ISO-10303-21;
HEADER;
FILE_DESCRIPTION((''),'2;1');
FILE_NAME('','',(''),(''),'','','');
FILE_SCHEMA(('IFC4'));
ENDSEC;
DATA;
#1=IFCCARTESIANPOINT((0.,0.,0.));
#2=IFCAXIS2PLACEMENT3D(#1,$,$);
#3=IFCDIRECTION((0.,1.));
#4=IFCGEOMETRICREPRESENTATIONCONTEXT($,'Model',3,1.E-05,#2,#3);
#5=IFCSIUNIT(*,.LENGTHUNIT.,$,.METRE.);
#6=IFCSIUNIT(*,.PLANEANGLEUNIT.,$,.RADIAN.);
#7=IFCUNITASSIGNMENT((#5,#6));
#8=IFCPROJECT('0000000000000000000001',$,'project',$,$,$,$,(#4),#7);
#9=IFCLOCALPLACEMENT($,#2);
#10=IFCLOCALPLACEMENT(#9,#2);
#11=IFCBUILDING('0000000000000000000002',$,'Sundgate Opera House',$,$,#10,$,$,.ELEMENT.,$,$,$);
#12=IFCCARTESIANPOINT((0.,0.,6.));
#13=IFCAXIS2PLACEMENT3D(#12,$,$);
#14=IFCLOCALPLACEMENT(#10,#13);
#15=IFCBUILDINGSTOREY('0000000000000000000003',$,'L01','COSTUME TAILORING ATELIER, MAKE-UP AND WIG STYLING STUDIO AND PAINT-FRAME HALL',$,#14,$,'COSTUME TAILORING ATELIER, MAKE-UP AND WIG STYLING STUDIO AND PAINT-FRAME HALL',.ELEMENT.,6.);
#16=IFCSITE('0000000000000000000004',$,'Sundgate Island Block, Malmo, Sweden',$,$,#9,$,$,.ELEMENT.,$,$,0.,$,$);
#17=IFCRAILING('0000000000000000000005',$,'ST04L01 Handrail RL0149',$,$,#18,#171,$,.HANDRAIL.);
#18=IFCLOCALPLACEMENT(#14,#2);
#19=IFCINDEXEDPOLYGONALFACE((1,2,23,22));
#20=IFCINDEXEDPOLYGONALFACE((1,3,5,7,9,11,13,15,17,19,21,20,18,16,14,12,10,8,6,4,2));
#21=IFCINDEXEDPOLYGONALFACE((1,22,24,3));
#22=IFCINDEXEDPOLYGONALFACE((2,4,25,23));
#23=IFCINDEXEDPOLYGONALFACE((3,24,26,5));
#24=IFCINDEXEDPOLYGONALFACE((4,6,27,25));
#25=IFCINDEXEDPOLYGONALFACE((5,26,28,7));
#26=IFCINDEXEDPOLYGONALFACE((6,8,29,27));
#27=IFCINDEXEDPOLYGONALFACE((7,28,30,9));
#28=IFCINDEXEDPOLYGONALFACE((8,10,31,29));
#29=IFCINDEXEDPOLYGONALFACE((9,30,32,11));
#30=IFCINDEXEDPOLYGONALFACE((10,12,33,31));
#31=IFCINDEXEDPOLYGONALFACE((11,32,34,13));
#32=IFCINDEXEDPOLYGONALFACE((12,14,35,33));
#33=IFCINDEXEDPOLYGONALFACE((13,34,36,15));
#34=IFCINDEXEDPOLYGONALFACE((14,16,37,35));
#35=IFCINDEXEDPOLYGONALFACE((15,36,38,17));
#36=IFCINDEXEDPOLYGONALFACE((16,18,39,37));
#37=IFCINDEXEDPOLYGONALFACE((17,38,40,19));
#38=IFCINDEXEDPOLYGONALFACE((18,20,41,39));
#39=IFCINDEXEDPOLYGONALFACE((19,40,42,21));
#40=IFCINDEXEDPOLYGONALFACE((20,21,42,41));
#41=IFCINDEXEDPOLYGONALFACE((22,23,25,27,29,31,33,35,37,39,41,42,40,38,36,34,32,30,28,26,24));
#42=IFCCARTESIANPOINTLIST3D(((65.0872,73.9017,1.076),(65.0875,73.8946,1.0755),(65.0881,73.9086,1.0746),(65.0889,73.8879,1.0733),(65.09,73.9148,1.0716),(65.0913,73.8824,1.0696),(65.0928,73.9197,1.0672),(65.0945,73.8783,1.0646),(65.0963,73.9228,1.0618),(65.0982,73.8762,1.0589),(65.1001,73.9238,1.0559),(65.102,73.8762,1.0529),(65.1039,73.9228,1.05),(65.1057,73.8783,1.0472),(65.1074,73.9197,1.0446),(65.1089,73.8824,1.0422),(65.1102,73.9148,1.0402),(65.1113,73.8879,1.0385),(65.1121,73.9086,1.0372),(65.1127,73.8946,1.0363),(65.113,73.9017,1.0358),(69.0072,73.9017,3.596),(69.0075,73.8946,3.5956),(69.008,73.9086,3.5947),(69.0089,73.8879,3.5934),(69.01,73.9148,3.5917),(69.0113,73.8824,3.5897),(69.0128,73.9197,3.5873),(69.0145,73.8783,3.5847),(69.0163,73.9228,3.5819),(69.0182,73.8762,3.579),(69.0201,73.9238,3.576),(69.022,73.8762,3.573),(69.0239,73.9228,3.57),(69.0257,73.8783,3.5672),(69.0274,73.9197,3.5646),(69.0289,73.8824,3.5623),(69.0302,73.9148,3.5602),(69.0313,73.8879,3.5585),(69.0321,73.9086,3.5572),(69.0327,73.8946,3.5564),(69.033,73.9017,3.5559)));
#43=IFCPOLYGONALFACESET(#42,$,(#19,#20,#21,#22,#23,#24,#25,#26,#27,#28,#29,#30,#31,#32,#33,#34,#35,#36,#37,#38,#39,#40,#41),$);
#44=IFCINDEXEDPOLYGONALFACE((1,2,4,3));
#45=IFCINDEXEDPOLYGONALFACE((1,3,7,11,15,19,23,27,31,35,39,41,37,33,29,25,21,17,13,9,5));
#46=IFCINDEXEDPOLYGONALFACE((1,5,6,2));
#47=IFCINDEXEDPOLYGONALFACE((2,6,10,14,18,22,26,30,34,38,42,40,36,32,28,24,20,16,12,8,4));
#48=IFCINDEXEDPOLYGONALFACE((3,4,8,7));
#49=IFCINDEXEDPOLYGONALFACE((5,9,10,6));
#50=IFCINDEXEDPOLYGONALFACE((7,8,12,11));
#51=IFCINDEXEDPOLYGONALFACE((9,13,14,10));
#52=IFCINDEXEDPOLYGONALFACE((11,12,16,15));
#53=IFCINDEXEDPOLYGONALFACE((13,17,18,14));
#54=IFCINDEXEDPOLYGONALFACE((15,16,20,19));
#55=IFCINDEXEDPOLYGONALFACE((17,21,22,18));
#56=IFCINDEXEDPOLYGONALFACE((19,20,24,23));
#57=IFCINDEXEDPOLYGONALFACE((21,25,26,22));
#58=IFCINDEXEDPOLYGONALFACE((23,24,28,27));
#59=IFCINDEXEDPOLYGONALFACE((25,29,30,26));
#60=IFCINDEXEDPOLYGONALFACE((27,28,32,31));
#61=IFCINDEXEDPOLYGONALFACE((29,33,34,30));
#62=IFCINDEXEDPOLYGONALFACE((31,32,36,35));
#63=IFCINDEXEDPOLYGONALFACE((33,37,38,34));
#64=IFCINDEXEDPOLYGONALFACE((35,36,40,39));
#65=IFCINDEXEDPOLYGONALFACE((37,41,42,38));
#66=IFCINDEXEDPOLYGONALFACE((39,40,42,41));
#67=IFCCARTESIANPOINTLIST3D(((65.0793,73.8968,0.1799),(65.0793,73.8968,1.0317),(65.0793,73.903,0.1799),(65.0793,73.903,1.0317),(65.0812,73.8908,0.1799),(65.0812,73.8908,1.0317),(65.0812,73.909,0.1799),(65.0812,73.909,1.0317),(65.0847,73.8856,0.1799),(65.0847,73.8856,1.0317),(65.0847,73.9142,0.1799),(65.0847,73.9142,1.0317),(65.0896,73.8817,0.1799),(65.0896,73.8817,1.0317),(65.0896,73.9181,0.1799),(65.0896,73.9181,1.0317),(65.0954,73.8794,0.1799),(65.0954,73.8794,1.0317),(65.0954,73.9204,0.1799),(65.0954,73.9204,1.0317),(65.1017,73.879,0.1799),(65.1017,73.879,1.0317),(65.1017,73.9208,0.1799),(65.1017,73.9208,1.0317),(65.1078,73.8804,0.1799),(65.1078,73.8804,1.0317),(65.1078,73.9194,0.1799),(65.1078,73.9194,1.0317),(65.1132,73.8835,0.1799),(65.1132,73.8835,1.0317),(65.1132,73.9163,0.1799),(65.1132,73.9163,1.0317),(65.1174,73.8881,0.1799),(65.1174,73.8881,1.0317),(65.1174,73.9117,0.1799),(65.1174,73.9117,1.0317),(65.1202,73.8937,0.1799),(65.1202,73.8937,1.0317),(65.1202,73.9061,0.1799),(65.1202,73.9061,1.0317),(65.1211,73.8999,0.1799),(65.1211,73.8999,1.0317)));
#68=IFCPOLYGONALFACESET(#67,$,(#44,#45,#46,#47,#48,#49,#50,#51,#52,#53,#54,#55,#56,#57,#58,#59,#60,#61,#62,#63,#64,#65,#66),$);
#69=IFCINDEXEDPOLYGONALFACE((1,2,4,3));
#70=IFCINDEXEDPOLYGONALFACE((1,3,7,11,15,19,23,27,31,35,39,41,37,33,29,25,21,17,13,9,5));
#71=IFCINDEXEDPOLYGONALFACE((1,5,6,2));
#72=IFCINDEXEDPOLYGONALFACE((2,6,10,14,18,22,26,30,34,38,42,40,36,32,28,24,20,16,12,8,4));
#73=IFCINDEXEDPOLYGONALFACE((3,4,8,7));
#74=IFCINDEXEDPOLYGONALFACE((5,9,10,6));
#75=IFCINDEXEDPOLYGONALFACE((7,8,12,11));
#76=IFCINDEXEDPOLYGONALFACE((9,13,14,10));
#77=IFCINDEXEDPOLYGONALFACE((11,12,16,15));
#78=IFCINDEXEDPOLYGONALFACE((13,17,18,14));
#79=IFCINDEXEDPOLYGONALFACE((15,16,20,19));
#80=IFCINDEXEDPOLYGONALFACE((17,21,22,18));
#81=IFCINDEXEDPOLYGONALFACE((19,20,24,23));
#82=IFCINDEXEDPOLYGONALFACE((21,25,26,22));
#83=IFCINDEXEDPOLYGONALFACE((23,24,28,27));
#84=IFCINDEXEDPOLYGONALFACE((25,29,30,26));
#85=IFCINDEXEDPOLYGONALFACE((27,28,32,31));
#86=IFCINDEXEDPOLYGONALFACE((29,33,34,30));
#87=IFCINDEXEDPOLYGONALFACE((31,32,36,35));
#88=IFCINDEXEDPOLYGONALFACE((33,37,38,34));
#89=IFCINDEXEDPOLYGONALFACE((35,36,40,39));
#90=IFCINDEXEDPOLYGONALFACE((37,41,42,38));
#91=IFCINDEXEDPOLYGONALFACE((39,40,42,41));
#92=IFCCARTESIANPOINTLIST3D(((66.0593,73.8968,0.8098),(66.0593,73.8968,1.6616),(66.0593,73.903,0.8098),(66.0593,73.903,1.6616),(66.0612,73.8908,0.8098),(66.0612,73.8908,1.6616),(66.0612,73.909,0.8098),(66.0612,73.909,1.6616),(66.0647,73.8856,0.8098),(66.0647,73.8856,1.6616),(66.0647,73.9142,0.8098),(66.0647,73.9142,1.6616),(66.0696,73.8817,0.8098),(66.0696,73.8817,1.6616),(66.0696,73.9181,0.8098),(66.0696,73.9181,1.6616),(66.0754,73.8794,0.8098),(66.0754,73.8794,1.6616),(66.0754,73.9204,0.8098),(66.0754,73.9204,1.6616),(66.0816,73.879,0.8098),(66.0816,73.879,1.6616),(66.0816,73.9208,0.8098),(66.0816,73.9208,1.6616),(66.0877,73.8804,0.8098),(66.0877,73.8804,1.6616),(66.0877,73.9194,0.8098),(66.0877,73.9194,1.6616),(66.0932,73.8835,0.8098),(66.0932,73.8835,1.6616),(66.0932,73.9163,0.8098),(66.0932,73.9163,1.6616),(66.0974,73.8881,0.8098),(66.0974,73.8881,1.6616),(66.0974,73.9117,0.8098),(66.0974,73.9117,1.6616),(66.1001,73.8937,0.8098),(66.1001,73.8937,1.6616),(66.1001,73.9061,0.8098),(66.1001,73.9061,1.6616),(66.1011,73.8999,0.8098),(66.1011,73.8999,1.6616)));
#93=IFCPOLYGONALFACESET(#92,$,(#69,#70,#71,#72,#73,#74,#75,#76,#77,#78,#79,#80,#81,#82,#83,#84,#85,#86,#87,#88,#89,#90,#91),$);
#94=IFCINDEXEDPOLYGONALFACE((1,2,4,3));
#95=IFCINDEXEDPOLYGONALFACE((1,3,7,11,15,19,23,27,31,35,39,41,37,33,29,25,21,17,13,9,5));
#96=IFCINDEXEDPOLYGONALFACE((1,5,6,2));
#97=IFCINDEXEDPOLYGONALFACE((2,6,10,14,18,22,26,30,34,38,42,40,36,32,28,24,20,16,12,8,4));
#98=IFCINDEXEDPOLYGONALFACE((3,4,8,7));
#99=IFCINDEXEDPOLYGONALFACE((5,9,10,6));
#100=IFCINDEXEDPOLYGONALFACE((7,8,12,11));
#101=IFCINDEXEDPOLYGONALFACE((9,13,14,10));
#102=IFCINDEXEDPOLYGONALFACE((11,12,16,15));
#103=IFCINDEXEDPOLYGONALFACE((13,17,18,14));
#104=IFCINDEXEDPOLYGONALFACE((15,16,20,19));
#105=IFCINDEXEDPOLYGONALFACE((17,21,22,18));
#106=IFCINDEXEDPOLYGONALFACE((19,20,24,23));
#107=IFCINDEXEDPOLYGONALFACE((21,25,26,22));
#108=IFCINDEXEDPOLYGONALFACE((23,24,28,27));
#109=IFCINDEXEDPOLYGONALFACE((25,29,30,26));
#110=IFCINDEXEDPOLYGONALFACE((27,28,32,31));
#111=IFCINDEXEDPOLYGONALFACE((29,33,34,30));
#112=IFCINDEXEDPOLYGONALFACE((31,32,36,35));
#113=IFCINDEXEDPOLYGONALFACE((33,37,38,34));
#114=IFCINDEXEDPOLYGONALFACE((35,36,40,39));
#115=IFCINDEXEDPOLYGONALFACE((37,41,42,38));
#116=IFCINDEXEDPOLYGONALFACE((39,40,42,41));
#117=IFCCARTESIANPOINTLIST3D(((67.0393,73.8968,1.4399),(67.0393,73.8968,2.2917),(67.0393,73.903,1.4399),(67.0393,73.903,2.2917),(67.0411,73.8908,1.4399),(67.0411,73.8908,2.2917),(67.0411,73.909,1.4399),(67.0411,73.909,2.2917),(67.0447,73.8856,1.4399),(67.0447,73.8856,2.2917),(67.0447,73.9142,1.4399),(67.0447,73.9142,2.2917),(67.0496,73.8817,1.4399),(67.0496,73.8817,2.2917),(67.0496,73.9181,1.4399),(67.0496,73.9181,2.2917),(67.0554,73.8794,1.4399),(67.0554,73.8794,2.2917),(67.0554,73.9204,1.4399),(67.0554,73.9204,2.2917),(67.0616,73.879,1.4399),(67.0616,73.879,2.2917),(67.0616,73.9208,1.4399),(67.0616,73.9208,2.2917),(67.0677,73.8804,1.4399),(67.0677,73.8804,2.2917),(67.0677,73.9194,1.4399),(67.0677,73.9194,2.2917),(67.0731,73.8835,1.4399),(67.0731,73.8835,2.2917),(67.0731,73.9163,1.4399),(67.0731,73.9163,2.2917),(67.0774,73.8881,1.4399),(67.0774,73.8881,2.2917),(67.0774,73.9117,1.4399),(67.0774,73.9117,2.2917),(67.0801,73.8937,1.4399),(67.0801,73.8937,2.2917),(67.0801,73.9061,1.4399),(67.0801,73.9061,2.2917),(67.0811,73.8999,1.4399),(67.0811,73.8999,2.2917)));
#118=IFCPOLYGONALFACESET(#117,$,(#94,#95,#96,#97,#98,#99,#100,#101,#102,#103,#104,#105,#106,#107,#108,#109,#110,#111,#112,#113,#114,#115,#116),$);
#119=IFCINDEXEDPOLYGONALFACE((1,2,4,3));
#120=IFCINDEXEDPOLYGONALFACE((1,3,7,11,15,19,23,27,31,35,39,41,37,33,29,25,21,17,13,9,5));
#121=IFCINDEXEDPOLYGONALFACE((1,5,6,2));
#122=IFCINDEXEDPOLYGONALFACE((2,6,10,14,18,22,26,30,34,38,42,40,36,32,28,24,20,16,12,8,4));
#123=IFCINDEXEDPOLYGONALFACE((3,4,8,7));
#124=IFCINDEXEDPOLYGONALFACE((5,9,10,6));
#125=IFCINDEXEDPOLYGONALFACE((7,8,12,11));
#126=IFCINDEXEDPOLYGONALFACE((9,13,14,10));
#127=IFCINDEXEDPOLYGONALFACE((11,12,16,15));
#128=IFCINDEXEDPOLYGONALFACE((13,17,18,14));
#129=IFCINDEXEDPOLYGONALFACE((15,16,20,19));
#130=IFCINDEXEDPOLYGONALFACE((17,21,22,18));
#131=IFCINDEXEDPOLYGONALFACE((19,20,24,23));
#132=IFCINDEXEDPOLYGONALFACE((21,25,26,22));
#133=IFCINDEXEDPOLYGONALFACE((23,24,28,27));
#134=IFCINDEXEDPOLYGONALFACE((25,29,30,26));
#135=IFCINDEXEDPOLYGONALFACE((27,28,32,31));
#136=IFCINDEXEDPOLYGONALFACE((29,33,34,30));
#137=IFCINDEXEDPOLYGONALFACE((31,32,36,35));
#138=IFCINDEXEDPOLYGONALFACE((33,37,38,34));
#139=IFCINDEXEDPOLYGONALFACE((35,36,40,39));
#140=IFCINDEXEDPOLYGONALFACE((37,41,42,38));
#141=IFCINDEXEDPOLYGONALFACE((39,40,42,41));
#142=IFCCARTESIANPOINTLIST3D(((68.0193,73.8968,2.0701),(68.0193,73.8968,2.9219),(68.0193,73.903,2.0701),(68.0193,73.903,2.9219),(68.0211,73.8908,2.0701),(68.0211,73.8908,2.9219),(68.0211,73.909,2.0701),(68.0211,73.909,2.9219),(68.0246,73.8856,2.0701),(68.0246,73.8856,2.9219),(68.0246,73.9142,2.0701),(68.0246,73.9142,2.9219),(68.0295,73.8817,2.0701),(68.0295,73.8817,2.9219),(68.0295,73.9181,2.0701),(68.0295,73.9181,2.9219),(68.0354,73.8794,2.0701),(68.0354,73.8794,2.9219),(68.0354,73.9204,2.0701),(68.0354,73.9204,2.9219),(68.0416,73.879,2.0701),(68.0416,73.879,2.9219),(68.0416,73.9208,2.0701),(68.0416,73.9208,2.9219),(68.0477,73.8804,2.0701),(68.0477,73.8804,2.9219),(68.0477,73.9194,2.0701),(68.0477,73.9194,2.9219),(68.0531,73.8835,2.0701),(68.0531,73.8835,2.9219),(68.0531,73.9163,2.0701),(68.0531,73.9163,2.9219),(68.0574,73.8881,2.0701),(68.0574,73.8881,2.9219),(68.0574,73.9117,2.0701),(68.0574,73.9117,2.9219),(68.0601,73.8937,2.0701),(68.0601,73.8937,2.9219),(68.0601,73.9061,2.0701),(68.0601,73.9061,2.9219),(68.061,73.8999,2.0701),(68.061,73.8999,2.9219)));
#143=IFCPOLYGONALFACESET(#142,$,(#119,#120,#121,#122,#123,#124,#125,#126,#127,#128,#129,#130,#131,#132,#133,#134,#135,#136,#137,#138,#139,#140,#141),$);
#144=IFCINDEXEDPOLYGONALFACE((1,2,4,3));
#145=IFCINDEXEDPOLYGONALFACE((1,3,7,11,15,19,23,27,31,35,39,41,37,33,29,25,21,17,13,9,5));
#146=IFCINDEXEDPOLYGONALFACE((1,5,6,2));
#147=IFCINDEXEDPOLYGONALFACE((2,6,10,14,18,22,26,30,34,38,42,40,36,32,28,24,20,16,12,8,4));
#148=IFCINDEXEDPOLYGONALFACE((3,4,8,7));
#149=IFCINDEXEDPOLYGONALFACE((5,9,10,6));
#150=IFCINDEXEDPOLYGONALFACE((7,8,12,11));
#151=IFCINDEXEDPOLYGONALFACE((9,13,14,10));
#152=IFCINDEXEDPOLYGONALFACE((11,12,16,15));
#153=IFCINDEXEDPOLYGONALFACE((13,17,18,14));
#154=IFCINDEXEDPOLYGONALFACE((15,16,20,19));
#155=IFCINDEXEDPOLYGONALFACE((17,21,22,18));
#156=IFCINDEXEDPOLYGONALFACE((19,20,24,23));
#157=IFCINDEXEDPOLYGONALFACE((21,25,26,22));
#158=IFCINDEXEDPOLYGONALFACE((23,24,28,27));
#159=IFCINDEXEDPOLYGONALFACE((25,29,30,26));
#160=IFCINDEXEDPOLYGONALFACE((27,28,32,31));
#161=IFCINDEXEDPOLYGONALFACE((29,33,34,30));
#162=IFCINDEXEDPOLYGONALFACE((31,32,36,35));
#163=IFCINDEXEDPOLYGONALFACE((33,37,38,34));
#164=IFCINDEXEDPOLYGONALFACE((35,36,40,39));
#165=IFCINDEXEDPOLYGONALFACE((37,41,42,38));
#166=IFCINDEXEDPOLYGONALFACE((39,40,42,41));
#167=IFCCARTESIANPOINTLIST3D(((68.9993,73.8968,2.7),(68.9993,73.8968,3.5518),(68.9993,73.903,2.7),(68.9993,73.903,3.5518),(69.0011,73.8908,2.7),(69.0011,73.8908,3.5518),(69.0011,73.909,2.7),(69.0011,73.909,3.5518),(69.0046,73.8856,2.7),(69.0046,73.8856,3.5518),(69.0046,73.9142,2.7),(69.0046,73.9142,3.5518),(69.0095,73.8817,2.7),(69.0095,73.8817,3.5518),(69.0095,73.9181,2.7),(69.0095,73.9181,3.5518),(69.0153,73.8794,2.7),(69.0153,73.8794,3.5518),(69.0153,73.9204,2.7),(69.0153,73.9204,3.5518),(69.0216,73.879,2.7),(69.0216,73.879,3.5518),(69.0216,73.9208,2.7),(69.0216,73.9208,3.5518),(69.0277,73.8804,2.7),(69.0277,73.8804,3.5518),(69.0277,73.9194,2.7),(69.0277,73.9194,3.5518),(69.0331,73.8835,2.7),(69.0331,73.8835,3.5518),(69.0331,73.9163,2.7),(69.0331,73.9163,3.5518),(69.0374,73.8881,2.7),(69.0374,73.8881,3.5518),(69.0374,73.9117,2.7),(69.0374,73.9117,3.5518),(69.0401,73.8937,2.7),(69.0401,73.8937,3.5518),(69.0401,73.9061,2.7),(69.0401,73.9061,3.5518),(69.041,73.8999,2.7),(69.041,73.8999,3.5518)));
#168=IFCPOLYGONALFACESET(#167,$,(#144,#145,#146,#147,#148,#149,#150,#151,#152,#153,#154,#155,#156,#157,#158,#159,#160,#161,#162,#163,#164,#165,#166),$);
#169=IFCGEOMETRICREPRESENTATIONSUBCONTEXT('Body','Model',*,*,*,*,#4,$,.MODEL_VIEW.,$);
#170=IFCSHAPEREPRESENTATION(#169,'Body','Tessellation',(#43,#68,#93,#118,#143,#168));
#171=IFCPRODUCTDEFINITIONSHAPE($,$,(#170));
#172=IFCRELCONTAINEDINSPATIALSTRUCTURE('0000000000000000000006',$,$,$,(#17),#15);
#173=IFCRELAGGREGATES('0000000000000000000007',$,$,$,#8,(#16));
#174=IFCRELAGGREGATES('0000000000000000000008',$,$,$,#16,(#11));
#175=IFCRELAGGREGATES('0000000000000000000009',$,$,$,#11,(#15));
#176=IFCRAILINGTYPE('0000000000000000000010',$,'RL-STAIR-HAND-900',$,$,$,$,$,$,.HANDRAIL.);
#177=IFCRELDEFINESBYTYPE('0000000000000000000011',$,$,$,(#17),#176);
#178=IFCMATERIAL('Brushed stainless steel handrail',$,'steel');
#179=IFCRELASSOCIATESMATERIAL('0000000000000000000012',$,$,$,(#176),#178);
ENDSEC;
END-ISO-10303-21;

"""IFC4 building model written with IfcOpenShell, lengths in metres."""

from ifc_helpers import new_model, si_unit, direction, frame, origin, origin_2d, place, context, subcontext, project, spatial, circle, extrude, material, type_object, element, save


model = new_model("IFC4")

# Units and contexts
model_context = context("Model", 3, precision=1e-05, world=origin(), true_north=direction((0.0, 1.0)))
body_context = subcontext(model_context, "Body", "Model", "MODEL_VIEW")
ifc_project = project(units=[si_unit("LENGTHUNIT", "METRE"), si_unit("PLANEANGLEUNIT", "RADIAN")], contexts=[model_context])

# Site, building, storey
site_placement = place(None, origin())
site = spatial("IfcSite", under=ifc_project, at=site_placement, Name="Sundgate Island Block, Malmo, Sweden", CompositionType="ELEMENT", RefElevation=0.0)
building_placement = place(site_placement, origin())
building = spatial("IfcBuilding", under=site, at=building_placement, Name="Sundgate Opera House", CompositionType="ELEMENT")
storey_placement = place(building_placement, frame((0.0, 0.0, 6.0)))
storey = spatial("IfcBuildingStorey", under=building, at=storey_placement, Name="L01", Description="COSTUME TAILORING ATELIER, MAKE-UP AND WIG STYLING STUDIO AND PAINT-FRAME HALL", LongName="COSTUME TAILORING ATELIER, MAKE-UP AND WIG STYLING STUDIO AND PAINT-FRAME HALL", CompositionType="ELEMENT", Elevation=6.0)

# Railing
ifc_material_1 = material(Name="Brushed stainless steel handrail", Category="steel")
railing_type_1 = type_object("IfcRailingType", Name="RL-STAIR-HAND-900", PredefinedType="HANDRAIL", material=ifc_material_1)
railing_1_placement = place(storey_placement, frame((65.1001, 73.8999, 0.1799)))
element("IfcRailing", 1, at=railing_1_placement, inside=storey, type_object=railing_type_1, Name="ST04L01 Handrail RL0149", PredefinedType="HANDRAIL", context=body_context, shape_type="SweptSolid", body=[
    extrude(circle(Radius=0.0239, at=origin_2d()), frame((0.0, 0.0, 0.876), z_axis=(0.841172, 0.0, 0.540768), x_axis=(0.0, 1.0, 0.0)), (0.0, 0.0, 1.0), 4.6602),
    extrude(circle(Radius=0.021, at=origin_2d()), origin(), (0.0, 0.0, 1.0), 0.8518),
    extrude(circle(Radius=0.021, at=origin_2d()), frame((0.98, 0.0, 0.6299)), (0.0, 0.0, 1.0), 0.8518),
    extrude(circle(Radius=0.021, at=origin_2d()), frame((1.96, 0.0, 1.26)), (0.0, 0.0, 1.0), 0.8518),
    extrude(circle(Radius=0.021, at=origin_2d()), frame((2.9399, 0.0, 1.8901)), (0.0, 0.0, 1.0), 0.8518),
    extrude(circle(Radius=0.021, at=origin_2d()), frame((3.9199, 0.0, 2.52)), (0.0, 0.0, 1.0), 0.8518),
])

save(model, "model.ifc")
